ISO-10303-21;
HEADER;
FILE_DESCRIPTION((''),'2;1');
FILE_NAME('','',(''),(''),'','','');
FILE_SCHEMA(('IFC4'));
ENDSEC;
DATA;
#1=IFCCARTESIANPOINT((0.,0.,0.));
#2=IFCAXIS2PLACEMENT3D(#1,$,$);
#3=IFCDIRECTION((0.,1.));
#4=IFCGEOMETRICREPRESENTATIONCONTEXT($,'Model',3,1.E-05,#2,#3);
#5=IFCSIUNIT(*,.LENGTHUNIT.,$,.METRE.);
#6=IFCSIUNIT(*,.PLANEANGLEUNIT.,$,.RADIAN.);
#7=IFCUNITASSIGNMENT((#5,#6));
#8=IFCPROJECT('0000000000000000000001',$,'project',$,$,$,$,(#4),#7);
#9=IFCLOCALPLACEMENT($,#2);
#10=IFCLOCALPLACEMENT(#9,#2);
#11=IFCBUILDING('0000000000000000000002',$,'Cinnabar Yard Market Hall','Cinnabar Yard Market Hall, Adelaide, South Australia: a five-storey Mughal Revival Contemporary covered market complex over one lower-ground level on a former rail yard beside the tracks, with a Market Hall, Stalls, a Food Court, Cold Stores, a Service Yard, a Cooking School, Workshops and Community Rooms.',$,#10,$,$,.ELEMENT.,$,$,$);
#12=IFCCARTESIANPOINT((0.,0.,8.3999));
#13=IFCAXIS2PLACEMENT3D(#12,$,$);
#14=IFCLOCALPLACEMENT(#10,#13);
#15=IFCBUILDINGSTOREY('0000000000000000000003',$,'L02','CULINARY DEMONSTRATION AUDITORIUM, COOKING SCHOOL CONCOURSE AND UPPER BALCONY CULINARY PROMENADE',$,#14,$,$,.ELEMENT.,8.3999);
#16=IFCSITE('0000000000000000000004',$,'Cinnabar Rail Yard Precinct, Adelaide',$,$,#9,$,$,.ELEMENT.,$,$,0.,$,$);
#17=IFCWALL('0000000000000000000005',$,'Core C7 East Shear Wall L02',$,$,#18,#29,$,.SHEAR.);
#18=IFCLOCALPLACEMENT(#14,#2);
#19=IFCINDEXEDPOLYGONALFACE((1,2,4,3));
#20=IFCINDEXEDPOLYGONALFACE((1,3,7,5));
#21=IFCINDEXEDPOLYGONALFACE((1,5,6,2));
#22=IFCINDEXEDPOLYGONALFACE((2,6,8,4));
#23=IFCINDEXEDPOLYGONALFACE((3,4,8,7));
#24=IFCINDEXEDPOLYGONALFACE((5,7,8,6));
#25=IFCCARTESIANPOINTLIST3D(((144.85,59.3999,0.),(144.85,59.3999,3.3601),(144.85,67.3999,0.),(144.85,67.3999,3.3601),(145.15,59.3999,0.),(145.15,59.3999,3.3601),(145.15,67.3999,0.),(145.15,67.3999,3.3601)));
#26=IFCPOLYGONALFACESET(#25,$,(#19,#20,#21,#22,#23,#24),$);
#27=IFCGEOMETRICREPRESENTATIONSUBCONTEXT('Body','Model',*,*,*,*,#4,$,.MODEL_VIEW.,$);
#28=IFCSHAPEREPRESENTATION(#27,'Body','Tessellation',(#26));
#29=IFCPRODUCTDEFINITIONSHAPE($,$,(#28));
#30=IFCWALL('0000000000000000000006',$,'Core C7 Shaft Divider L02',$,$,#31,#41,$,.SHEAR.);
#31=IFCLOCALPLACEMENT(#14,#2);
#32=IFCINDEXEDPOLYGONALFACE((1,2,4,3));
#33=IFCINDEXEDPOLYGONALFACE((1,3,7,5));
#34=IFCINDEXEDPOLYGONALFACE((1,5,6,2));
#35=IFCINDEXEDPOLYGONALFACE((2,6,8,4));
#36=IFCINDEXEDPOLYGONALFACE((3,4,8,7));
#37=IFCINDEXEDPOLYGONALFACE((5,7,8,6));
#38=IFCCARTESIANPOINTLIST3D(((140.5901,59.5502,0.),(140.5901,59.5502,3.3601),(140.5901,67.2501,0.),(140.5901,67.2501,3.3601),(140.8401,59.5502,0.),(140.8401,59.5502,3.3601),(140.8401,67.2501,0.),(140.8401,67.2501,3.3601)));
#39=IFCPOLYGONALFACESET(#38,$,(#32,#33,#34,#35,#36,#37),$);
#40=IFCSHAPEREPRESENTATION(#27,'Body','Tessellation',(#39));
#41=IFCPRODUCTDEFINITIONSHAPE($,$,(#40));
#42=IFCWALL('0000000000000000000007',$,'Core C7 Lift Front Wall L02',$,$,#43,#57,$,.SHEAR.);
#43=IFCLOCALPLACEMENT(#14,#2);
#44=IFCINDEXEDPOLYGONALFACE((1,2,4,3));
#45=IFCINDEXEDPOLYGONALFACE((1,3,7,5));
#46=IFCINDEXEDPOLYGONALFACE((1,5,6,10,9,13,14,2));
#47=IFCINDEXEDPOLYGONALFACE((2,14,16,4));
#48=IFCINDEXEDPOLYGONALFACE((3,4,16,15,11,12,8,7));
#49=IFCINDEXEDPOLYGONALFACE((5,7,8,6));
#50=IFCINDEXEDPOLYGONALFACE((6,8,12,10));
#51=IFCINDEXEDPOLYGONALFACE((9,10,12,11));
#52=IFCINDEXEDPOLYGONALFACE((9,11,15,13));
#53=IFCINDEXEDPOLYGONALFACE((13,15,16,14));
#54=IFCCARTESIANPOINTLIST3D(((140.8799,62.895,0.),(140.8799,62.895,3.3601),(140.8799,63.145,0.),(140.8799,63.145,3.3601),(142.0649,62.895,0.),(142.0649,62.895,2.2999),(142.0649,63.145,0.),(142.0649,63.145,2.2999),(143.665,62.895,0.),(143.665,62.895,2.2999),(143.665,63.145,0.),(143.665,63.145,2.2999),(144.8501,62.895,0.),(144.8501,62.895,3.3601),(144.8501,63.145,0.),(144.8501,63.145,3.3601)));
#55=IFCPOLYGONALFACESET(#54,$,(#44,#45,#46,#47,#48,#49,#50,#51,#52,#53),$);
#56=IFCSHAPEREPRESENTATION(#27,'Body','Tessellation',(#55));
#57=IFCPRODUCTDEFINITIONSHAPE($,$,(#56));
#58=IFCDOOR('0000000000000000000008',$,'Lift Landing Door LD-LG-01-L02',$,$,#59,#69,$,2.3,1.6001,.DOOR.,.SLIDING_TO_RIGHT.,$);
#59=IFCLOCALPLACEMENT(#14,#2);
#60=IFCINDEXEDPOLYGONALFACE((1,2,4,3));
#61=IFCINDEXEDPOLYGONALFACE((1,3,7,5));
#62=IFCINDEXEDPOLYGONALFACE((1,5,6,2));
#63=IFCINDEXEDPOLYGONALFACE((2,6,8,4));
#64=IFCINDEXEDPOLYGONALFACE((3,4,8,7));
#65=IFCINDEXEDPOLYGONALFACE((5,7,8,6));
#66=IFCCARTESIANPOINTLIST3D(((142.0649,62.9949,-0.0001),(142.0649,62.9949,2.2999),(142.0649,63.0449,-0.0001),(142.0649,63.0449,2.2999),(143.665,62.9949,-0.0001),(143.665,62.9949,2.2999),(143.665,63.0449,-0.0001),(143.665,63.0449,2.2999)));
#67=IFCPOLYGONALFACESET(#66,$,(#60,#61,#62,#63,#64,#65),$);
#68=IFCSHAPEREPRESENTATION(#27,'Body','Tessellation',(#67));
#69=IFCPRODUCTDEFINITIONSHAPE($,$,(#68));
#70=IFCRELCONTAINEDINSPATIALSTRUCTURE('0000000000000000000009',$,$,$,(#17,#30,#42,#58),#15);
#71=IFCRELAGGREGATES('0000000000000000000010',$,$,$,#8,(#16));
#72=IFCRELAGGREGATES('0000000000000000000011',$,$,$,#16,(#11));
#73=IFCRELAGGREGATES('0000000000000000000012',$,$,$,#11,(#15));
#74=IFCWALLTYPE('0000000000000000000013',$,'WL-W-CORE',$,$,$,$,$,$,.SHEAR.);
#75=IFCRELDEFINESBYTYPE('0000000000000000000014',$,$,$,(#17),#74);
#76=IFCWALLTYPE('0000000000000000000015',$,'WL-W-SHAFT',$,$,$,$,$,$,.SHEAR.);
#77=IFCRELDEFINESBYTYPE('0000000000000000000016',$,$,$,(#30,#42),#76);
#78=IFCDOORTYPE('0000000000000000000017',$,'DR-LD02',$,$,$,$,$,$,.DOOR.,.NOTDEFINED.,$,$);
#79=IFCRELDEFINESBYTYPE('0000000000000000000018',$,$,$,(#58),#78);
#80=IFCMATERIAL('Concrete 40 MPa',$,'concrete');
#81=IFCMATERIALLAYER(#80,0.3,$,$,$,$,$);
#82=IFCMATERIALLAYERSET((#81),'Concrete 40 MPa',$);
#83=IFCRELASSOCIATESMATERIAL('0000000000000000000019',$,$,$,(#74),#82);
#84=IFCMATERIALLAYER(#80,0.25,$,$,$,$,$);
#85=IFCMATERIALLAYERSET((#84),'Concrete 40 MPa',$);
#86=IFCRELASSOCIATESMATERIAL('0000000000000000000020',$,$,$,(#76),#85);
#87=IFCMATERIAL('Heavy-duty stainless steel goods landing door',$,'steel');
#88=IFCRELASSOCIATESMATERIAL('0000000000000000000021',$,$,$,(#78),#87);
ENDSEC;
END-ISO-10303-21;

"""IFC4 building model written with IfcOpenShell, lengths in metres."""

from ifc_helpers import new_model, si_unit, direction, frame, frame_2d, origin, place, context, subcontext, project, spatial, rectangle, extrude, material, layer, layer_set, type_object, element, fill, save


model = new_model("IFC4")

# Units and contexts
model_context = context("Model", 3, precision=1e-05, world=origin(), true_north=direction((0.0, 1.0)))
body_context = subcontext(model_context, "Body", "Model", "MODEL_VIEW")
ifc_project = project(units=[si_unit("LENGTHUNIT", "METRE"), si_unit("PLANEANGLEUNIT", "RADIAN")], contexts=[model_context])

# Site, building, storey
site_placement = place(None, origin())
site = spatial("IfcSite", under=ifc_project, at=site_placement, Name="Cinnabar Rail Yard Precinct, Adelaide", CompositionType="ELEMENT", RefElevation=0.0)
building_placement = place(site_placement, origin())
building = spatial("IfcBuilding", under=site, at=building_placement, Name="Cinnabar Yard Market Hall", Description="Cinnabar Yard Market Hall, Adelaide, South Australia: a five-storey Mughal Revival Contemporary covered market complex over one lower-ground level on a former rail yard beside the tracks, with a Market Hall, Stalls, a Food Court, Cold Stores, a Service Yard, a Cooking School, Workshops and Community Rooms.", CompositionType="ELEMENT")
storey_placement = place(building_placement, frame((0.0, 0.0, 8.3999)))
storey = spatial("IfcBuildingStorey", under=building, at=storey_placement, Name="L02", Description="CULINARY DEMONSTRATION AUDITORIUM, COOKING SCHOOL CONCOURSE AND UPPER BALCONY CULINARY PROMENADE", CompositionType="ELEMENT", Elevation=8.3999)

# Wall
ifc_material_1 = material(Name="Concrete 40 MPa", Category="concrete")
ifc_layer_1 = layer(ifc_material_1, 0.3)
ifc_layer_set_1 = layer_set([ifc_layer_1], Name="Concrete 40 MPa")
wall_type_1 = type_object("IfcWallType", Name="WL-W-CORE", PredefinedType="SHEAR", material=ifc_layer_set_1)
wall_1_placement = place(storey_placement, frame((145.0, 59.3999, 0.0), z_axis=(0.0, 0.0, 1.0), x_axis=(0.0, 1.0, 0.0)))
element("IfcWall", 1, at=wall_1_placement, inside=storey, type_object=wall_type_1, Name="Core C7 East Shear Wall L02", PredefinedType="SHEAR", context=body_context, shape_type="SweptSolid", body=[
    extrude(rectangle(XDim=8.0, YDim=0.3, at=frame_2d((4.0, 0.0), x_axis=(1.0, 0.0))), origin(), (0.0, 0.0, 1.0), 3.3601),
])

# Wall
ifc_layer_2 = layer(ifc_material_1, 0.25)
ifc_layer_set_2 = layer_set([ifc_layer_2], Name="Concrete 40 MPa")
wall_type_2 = type_object("IfcWallType", Name="WL-W-SHAFT", PredefinedType="SHEAR", material=ifc_layer_set_2)
wall_2_placement = place(storey_placement, frame((140.7151, 59.55, 0.0), z_axis=(0.0, 0.0, 1.0), x_axis=(0.0, 1.0, 0.0)))
element("IfcWall", 2, at=wall_2_placement, inside=storey, type_object=wall_type_2, Name="Core C7 Shaft Divider L02", PredefinedType="SHEAR", context=body_context, shape_type="SweptSolid", body=[
    extrude(rectangle(XDim=7.7, YDim=0.25, at=frame_2d((3.8501, 0.0), x_axis=(1.0, 0.0))), origin(), (0.0, 0.0, 1.0), 3.3601),
])

# Wall, opening, door
wall_3_placement = place(storey_placement, frame((140.8799, 63.02, 0.0), z_axis=(0.0, 0.0, 1.0), x_axis=(1.0, 0.0, 0.0)))
wall_3 = element("IfcWall", 3, at=wall_3_placement, inside=storey, type_object=wall_type_2, Name="Core C7 Lift Front Wall L02", PredefinedType="SHEAR", context=body_context, shape_type="SweptSolid", body=[
    extrude(rectangle(XDim=3.9702, YDim=0.25, at=frame_2d((1.9851, 0.0), x_axis=(1.0, 0.0))), origin(), (0.0, 0.0, 1.0), 3.3601),
])
opening_1_placement = place(wall_3_placement, frame((1.1851, 0.0, 0.0)))
opening_1 = element("IfcOpeningElement", 4, at=opening_1_placement, cuts=wall_3, PredefinedType="OPENING", context=body_context, shape_type="SweptSolid", body=[
    extrude(rectangle(XDim=1.6001, YDim=2.3, at=frame_2d((0.8, 1.1499), x_axis=(1.0, 0.0))), frame((0.0, 0.135, 0.0), z_axis=(0.0, -1.0, 0.0), x_axis=(1.0, 0.0, 0.0)), (0.0, 0.0, 1.0), 0.27),
])
ifc_material_2 = material(Name="Heavy-duty stainless steel goods landing door", Category="steel")
door_type_1 = type_object("IfcDoorType", Name="DR-LD02", OperationType="NOTDEFINED", PredefinedType="DOOR", material=ifc_material_2)
door_1_placement = place(opening_1_placement, origin())
door_1 = element("IfcDoor", 5, at=door_1_placement, inside=storey, type_object=door_type_1, Name="Lift Landing Door LD-LG-01-L02", OperationType="SLIDING_TO_RIGHT", OverallHeight=2.3, OverallWidth=1.6001, PredefinedType="DOOR", context=body_context, shape_type="SweptSolid", body=[
    extrude(rectangle(XDim=1.6001, YDim=2.3, at=frame_2d((0.8, 1.1499), x_axis=(1.0, 0.0))), frame((0.0, 0.0249, 0.0), z_axis=(0.0, -1.0, 0.0), x_axis=(1.0, 0.0, 0.0)), (0.0, 0.0, 1.0), 0.05),
])
fill(opening_1, door_1)

save(model, "model.ifc")
